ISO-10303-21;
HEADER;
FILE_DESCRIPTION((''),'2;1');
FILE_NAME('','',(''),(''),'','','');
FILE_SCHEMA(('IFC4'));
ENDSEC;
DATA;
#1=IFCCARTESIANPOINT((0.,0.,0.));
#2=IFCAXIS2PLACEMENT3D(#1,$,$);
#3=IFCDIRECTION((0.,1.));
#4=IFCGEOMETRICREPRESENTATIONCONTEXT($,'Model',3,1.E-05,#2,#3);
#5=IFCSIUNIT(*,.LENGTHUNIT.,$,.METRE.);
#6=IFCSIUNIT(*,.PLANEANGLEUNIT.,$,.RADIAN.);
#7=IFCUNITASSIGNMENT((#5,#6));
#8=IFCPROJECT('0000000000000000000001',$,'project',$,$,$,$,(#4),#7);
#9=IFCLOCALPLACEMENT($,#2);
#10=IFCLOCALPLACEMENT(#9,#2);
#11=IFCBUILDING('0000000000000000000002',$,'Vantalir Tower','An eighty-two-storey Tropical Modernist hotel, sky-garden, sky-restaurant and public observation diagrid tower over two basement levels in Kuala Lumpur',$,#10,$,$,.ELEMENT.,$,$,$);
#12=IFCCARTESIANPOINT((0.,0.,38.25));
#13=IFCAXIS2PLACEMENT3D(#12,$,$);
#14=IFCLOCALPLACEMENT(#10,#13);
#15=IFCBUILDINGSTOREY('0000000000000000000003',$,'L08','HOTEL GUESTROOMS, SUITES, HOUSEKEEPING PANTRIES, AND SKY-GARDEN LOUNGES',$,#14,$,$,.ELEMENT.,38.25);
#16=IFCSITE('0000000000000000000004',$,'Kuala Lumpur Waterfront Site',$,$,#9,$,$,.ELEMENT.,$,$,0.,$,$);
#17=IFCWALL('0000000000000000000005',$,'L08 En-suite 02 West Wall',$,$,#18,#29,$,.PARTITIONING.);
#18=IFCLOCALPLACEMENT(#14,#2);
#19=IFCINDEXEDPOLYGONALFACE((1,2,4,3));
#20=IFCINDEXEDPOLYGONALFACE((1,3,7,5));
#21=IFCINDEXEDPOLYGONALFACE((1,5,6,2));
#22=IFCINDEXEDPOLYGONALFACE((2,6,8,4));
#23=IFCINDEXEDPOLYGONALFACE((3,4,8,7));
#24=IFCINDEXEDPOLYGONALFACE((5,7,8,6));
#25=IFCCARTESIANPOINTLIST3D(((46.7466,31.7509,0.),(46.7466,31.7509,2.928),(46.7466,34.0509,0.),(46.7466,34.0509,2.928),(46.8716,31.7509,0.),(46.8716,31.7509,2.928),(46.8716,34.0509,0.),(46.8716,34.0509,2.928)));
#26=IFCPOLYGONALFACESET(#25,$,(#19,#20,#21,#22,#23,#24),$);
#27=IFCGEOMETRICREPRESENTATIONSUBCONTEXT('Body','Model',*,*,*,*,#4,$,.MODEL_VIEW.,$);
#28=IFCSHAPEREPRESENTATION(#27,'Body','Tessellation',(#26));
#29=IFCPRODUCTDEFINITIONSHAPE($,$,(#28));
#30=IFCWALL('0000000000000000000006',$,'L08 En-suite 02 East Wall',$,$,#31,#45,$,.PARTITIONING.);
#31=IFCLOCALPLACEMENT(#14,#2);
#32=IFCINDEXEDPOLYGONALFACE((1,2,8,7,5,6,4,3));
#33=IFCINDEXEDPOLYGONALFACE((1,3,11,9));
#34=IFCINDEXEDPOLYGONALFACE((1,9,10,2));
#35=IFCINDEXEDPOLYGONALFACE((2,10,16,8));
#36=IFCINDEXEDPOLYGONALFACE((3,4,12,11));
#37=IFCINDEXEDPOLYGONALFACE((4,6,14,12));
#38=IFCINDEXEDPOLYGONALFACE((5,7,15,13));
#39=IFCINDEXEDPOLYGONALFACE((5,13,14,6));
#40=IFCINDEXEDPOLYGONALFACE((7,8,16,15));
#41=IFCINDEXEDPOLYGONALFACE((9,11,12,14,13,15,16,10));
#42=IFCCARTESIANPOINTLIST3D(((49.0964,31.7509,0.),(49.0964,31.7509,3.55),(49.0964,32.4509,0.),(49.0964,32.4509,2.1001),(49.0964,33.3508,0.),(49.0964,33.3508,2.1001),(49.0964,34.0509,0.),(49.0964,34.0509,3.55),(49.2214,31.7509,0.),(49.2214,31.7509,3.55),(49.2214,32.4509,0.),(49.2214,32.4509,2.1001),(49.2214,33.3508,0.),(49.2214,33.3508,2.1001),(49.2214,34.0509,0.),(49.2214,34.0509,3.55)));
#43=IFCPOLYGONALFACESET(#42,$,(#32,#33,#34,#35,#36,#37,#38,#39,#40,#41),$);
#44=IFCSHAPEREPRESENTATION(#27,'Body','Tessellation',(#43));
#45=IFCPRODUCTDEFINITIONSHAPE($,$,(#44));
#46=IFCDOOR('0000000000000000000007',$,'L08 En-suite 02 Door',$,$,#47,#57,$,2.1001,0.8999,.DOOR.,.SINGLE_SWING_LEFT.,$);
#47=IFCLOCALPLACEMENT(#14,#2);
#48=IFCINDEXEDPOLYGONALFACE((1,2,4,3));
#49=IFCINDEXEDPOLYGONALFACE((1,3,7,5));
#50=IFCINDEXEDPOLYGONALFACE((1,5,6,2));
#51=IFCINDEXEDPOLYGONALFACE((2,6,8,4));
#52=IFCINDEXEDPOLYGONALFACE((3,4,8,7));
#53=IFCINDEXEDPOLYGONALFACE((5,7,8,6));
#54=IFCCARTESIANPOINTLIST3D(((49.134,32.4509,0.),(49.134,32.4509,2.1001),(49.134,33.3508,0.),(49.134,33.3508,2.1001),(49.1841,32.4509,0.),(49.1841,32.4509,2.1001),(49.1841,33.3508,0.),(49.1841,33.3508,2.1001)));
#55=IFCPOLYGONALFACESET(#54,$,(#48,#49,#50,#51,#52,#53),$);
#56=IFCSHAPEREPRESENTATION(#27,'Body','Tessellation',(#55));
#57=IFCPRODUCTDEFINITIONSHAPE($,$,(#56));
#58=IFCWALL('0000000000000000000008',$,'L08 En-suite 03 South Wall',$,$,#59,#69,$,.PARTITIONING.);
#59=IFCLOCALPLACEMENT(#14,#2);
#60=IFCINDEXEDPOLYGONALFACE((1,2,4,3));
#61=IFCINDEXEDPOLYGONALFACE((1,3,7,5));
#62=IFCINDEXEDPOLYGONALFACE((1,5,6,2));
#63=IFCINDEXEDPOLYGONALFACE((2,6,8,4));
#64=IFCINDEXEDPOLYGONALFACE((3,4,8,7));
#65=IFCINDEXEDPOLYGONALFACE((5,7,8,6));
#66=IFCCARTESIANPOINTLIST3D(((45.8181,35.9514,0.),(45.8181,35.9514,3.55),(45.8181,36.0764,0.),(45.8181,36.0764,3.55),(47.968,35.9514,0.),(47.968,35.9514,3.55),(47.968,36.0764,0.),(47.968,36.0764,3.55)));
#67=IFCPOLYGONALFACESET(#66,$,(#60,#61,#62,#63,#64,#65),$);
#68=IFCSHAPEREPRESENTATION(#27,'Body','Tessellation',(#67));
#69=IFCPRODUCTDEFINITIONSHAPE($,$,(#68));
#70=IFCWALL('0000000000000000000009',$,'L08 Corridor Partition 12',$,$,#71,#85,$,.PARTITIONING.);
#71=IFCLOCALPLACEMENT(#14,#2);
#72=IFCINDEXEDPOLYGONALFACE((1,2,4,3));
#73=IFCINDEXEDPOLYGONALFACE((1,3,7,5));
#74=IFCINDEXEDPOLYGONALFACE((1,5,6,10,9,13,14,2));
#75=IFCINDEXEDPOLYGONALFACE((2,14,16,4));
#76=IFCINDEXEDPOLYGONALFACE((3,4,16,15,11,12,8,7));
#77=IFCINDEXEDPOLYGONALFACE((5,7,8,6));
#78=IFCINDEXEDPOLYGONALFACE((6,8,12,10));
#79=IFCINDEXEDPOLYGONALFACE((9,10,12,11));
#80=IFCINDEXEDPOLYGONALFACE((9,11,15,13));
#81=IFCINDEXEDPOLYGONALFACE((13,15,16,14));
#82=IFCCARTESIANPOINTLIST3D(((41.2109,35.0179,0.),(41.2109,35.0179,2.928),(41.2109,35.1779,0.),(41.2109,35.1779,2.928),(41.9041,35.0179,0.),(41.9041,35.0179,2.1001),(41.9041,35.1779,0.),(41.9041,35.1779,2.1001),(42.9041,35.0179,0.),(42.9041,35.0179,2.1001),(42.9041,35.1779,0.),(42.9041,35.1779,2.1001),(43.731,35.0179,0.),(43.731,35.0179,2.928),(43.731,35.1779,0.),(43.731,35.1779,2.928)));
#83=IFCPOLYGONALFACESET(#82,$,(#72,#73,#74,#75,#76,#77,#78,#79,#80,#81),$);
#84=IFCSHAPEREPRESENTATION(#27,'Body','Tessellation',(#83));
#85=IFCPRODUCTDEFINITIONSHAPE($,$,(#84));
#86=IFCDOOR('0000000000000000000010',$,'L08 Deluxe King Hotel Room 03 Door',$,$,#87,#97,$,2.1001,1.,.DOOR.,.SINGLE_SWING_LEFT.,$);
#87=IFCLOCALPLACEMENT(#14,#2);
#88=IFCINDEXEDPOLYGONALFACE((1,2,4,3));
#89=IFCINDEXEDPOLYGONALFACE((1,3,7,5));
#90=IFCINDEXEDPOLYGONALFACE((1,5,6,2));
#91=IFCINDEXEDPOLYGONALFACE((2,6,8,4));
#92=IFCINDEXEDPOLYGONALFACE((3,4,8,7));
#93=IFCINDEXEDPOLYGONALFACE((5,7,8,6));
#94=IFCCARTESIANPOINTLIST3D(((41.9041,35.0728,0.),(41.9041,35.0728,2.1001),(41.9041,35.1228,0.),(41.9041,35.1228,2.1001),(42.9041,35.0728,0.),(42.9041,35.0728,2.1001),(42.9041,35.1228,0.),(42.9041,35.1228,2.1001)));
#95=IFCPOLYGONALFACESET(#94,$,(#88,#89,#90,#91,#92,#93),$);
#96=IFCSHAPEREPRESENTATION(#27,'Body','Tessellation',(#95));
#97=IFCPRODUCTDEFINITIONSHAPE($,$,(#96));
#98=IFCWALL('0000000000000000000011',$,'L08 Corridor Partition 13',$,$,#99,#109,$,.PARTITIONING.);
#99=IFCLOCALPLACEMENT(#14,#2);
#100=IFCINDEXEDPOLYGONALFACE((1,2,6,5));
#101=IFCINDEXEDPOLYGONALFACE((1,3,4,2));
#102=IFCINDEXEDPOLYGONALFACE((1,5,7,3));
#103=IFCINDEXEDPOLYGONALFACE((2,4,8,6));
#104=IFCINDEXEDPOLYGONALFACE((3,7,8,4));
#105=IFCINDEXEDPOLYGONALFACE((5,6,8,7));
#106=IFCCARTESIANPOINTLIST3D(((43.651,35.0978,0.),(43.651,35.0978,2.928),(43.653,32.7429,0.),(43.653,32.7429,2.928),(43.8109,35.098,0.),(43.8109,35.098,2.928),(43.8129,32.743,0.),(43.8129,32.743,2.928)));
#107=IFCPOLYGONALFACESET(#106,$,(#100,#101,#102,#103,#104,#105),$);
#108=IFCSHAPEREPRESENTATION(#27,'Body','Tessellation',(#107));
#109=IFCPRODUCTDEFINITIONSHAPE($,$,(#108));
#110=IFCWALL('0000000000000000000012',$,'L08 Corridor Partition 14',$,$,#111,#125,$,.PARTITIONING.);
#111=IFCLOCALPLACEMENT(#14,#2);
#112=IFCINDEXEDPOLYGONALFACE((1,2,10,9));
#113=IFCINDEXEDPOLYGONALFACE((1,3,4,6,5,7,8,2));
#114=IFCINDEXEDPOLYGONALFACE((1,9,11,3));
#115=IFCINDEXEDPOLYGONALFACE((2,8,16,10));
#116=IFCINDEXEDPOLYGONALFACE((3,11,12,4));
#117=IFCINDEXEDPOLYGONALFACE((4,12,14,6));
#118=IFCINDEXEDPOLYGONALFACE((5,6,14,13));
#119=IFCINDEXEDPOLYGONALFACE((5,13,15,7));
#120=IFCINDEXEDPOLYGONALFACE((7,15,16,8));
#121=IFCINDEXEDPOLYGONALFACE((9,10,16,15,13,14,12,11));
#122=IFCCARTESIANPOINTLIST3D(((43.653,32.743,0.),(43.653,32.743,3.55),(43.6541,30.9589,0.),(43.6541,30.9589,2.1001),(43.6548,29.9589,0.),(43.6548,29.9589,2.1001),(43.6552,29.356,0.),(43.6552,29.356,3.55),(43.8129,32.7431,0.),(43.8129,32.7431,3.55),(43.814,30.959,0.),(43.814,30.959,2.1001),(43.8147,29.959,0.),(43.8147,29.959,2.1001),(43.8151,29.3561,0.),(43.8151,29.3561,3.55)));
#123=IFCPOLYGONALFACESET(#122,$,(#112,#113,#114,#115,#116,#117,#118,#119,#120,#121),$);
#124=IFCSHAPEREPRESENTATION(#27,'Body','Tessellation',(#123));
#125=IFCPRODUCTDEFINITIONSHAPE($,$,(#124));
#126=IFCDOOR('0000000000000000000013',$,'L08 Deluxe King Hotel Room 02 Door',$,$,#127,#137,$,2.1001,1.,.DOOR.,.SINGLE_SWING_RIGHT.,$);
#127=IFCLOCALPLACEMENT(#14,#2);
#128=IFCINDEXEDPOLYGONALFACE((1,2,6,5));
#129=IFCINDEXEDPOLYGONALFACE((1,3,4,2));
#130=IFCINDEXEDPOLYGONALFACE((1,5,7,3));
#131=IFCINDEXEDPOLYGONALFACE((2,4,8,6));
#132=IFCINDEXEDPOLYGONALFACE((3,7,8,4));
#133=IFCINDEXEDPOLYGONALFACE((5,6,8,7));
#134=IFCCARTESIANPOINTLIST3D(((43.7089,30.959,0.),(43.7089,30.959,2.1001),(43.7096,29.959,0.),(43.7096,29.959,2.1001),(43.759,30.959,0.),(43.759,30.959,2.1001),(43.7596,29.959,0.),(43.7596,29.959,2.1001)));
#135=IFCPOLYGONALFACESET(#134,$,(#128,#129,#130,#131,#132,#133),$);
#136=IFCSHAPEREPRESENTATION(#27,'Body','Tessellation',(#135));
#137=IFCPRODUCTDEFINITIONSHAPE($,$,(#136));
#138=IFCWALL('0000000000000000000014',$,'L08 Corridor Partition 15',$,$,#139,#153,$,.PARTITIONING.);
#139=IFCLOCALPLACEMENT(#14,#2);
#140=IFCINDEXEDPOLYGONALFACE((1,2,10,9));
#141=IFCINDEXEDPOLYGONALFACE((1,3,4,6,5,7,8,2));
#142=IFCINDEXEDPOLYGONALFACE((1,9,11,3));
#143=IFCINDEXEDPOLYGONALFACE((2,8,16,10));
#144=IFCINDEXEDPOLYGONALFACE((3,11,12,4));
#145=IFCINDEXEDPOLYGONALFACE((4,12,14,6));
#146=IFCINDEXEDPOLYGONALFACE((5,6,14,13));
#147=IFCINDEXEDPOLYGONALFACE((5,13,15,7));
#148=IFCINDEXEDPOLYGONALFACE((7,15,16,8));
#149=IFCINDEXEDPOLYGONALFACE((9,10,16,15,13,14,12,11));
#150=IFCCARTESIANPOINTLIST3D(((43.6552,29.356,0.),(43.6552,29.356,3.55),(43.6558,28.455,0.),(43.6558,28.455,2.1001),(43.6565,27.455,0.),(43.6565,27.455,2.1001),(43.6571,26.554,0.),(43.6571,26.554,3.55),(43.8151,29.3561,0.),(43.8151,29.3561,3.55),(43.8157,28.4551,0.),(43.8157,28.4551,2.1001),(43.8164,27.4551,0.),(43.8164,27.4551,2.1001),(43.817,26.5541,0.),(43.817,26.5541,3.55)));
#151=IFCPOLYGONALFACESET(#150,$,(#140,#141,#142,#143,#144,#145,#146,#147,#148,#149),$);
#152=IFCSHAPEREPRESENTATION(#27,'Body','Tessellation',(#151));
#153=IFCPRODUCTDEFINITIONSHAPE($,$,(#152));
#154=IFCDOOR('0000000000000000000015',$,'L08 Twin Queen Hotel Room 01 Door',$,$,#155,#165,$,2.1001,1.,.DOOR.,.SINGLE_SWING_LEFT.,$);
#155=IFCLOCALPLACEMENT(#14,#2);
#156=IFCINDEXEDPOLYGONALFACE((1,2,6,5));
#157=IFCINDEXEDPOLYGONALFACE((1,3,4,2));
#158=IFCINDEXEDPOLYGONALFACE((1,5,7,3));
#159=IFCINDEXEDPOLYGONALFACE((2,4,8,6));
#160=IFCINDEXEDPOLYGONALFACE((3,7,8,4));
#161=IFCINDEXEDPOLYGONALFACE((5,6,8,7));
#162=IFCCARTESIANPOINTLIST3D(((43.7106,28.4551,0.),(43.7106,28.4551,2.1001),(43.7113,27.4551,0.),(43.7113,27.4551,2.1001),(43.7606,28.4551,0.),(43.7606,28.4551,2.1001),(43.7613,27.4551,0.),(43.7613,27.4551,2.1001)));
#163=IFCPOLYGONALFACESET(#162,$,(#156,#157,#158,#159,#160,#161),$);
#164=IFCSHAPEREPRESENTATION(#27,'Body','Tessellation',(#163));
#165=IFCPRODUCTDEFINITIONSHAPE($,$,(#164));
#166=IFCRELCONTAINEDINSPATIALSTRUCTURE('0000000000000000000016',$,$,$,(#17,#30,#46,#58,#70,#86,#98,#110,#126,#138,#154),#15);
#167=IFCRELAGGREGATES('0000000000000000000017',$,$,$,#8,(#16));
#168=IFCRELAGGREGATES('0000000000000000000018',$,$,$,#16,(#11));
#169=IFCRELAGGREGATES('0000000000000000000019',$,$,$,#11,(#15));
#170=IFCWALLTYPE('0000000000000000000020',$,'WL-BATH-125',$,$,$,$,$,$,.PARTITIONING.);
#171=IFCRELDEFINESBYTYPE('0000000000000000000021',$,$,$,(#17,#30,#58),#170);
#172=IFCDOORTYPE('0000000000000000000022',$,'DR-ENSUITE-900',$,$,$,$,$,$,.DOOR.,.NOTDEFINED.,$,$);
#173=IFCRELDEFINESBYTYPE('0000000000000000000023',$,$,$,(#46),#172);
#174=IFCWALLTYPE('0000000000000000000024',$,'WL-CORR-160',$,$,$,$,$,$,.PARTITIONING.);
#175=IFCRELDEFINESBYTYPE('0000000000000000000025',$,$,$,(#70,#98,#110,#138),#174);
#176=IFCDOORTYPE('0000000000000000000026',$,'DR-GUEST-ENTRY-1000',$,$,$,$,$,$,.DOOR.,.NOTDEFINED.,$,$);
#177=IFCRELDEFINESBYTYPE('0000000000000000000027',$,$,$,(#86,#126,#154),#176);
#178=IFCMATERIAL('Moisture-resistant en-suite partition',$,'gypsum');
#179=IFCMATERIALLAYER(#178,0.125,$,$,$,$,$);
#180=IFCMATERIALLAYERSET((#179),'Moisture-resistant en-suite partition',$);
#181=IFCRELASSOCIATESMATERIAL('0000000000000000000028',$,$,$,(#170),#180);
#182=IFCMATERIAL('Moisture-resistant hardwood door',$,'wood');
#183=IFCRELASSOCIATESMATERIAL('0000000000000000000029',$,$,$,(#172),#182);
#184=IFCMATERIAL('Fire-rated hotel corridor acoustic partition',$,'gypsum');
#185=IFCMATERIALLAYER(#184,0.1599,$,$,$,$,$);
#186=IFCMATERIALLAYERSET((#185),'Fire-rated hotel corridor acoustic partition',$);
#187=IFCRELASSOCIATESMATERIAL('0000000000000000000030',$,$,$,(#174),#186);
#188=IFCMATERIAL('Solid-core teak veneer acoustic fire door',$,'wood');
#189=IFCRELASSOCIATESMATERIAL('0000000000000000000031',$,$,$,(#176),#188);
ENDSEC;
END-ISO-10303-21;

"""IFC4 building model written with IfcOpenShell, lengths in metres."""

from ifc_helpers import new_model, si_unit, direction, frame, frame_2d, origin, place, context, subcontext, project, spatial, rectangle, extrude, material, layer, layer_set, type_object, element, fill, save


model = new_model("IFC4")

# Units and contexts
model_context = context("Model", 3, precision=1e-05, world=origin(), true_north=direction((0.0, 1.0)))
body_context = subcontext(model_context, "Body", "Model", "MODEL_VIEW")
ifc_project = project(units=[si_unit("LENGTHUNIT", "METRE"), si_unit("PLANEANGLEUNIT", "RADIAN")], contexts=[model_context])

# Site, building, storey
site_placement = place(None, origin())
site = spatial("IfcSite", under=ifc_project, at=site_placement, Name="Kuala Lumpur Waterfront Site", CompositionType="ELEMENT", RefElevation=0.0)
building_placement = place(site_placement, origin())
building = spatial("IfcBuilding", under=site, at=building_placement, Name="Vantalir Tower", Description="An eighty-two-storey Tropical Modernist hotel, sky-garden, sky-restaurant and public observation diagrid tower over two basement levels in Kuala Lumpur", CompositionType="ELEMENT")
storey_placement = place(building_placement, frame((0.0, 0.0, 38.25)))
storey = spatial("IfcBuildingStorey", under=building, at=storey_placement, Name="L08", Description="HOTEL GUESTROOMS, SUITES, HOUSEKEEPING PANTRIES, AND SKY-GARDEN LOUNGES", CompositionType="ELEMENT", Elevation=38.25)

# Shared definitions
ifc_material_1 = material(Name="Moisture-resistant en-suite partition", Category="gypsum")
ifc_layer_1 = layer(ifc_material_1, 0.125)
ifc_layer_set_1 = layer_set([ifc_layer_1], Name="Moisture-resistant en-suite partition")
wall_type_1 = type_object("IfcWallType", Name="WL-BATH-125", PredefinedType="PARTITIONING", material=ifc_layer_set_1)

# Shared definitions
ifc_material_2 = material(Name="Moisture-resistant hardwood door", Category="wood")
door_type_1 = type_object("IfcDoorType", Name="DR-ENSUITE-900", OperationType="NOTDEFINED", PredefinedType="DOOR", material=ifc_material_2)

# Wall
wall_1_placement = place(storey_placement, frame((46.8091, 31.751, 0.0), z_axis=(0.0, 0.0, 1.0), x_axis=(0.0, 1.0, 0.0)))
element("IfcWall", 1, at=wall_1_placement, inside=storey, type_object=wall_type_1, Name="L08 En-suite 02 West Wall", PredefinedType="PARTITIONING", context=body_context, shape_type="SweptSolid", body=[
    extrude(rectangle(XDim=2.3, YDim=0.125, at=frame_2d((1.1499, 0.0))), origin(), (0.0, 0.0, 1.0), 2.928),
])

# Wall, opening, door
wall_2_placement = place(storey_placement, frame((49.1589, 31.751, 0.0), z_axis=(0.0, 0.0, 1.0), x_axis=(0.0, 1.0, 0.0)))
wall_2 = element("IfcWall", 2, at=wall_2_placement, inside=storey, type_object=wall_type_1, Name="L08 En-suite 02 East Wall", PredefinedType="PARTITIONING", context=body_context, shape_type="SweptSolid", body=[
    extrude(rectangle(XDim=2.3, YDim=0.125, at=frame_2d((1.1499, 0.0))), origin(), (0.0, 0.0, 1.0), 3.55),
])
opening_1_placement = place(wall_2_placement, frame((0.7, 0.0, 0.0)))
opening_1 = element("IfcOpeningElement", 3, at=opening_1_placement, cuts=wall_2, PredefinedType="OPENING", context=body_context, shape_type="SweptSolid", body=[
    extrude(rectangle(XDim=0.8999, YDim=2.1001, at=frame_2d((0.45, 1.05))), frame((0.0, 0.0725, 0.0), z_axis=(0.0, -1.0, 0.0), x_axis=(1.0, 0.0, 0.0)), (0.0, 0.0, 1.0), 0.145),
])
door_1_placement = place(opening_1_placement, origin())
door_1 = element("IfcDoor", 4, at=door_1_placement, inside=storey, type_object=door_type_1, Name="L08 En-suite 02 Door", OperationType="SINGLE_SWING_LEFT", OverallHeight=2.1001, OverallWidth=0.8999, PredefinedType="DOOR", context=body_context, shape_type="SweptSolid", body=[
    extrude(rectangle(XDim=0.8999, YDim=2.1001, at=frame_2d((0.45, 1.05))), frame((0.0, 0.0249, 0.0), z_axis=(0.0, -1.0, 0.0), x_axis=(1.0, 0.0, 0.0)), (0.0, 0.0, 1.0), 0.05),
])
fill(opening_1, door_1)

# Wall
wall_3_placement = place(storey_placement, frame((45.8181, 36.0139, 0.0), z_axis=(0.0, 0.0, 1.0), x_axis=(1.0, 0.0, 0.0)))
element("IfcWall", 5, at=wall_3_placement, inside=storey, type_object=wall_type_1, Name="L08 En-suite 03 South Wall", PredefinedType="PARTITIONING", context=body_context, shape_type="SweptSolid", body=[
    extrude(rectangle(XDim=2.1499, YDim=0.125, at=frame_2d((1.075, 0.0))), origin(), (0.0, 0.0, 1.0), 3.55),
])

# Wall, opening, door
ifc_material_3 = material(Name="Fire-rated hotel corridor acoustic partition", Category="gypsum")
ifc_layer_2 = layer(ifc_material_3, 0.1599)
ifc_layer_set_2 = layer_set([ifc_layer_2], Name="Fire-rated hotel corridor acoustic partition")
wall_type_2 = type_object("IfcWallType", Name="WL-CORR-160", PredefinedType="PARTITIONING", material=ifc_layer_set_2)
wall_4_placement = place(storey_placement, frame((41.2109, 35.0979, 0.0), z_axis=(0.0, 0.0, 1.0), x_axis=(1.0, 0.0, 0.0)))
wall_4 = element("IfcWall", 6, at=wall_4_placement, inside=storey, type_object=wall_type_2, Name="L08 Corridor Partition 12", PredefinedType="PARTITIONING", context=body_context, shape_type="SweptSolid", body=[
    extrude(rectangle(XDim=2.52, YDim=0.1599, at=frame_2d((1.26, 0.0))), origin(), (0.0, 0.0, 1.0), 2.928),
])
opening_2_placement = place(wall_4_placement, frame((0.6931, 0.0, 0.0)))
opening_2 = element("IfcOpeningElement", 7, at=opening_2_placement, cuts=wall_4, PredefinedType="OPENING", context=body_context, shape_type="SweptSolid", body=[
    extrude(rectangle(XDim=1.0, YDim=2.1001, at=frame_2d((0.5, 1.05))), frame((0.0, 0.0898, 0.0), z_axis=(0.0, -1.0, 0.0), x_axis=(1.0, 0.0, 0.0)), (0.0, 0.0, 1.0), 0.1799),
])
ifc_material_4 = material(Name="Solid-core teak veneer acoustic fire door", Category="wood")
door_type_2 = type_object("IfcDoorType", Name="DR-GUEST-ENTRY-1000", OperationType="NOTDEFINED", PredefinedType="DOOR", material=ifc_material_4)
door_2_placement = place(opening_2_placement, origin())
door_2 = element("IfcDoor", 8, at=door_2_placement, inside=storey, type_object=door_type_2, Name="L08 Deluxe King Hotel Room 03 Door", OperationType="SINGLE_SWING_LEFT", OverallHeight=2.1001, OverallWidth=1.0, PredefinedType="DOOR", context=body_context, shape_type="SweptSolid", body=[
    extrude(rectangle(XDim=1.0, YDim=2.1001, at=frame_2d((0.5, 1.05))), frame((0.0, 0.0249, 0.0), z_axis=(0.0, -1.0, 0.0), x_axis=(1.0, 0.0, 0.0)), (0.0, 0.0, 1.0), 0.05),
])
fill(opening_2, door_2)

# Wall
wall_5_placement = place(storey_placement, frame((43.731, 35.0979, 0.0), z_axis=(0.0, 0.0, 1.0), x_axis=(0.000829, -1.0, 0.0)))
element("IfcWall", 9, at=wall_5_placement, inside=storey, type_object=wall_type_2, Name="L08 Corridor Partition 13", PredefinedType="PARTITIONING", context=body_context, shape_type="SweptSolid", body=[
    extrude(rectangle(XDim=2.355, YDim=0.1599, at=frame_2d((1.1775, 0.0))), origin(), (0.0, 0.0, 1.0), 2.928),
])

# Walls, openings, doors
wall_6_placement = place(storey_placement, frame((43.7329, 32.7429, 0.0), z_axis=(0.0, 0.0, 1.0), x_axis=(0.000649, -1.0, 0.0)))
wall_6 = element("IfcWall", 10, at=wall_6_placement, inside=storey, type_object=wall_type_2, Name="L08 Corridor Partition 14", PredefinedType="PARTITIONING", context=body_context, shape_type="SweptSolid", body=[
    extrude(rectangle(XDim=3.387, YDim=0.1599, at=frame_2d((1.6934, 0.0))), origin(), (0.0, 0.0, 1.0), 3.55),
])
opening_3_placement = place(wall_6_placement, frame((1.7839, 0.0, 0.0)))
opening_3 = element("IfcOpeningElement", 11, at=opening_3_placement, cuts=wall_6, PredefinedType="OPENING", context=body_context, shape_type="SweptSolid", body=[
    extrude(rectangle(XDim=1.0, YDim=2.1001, at=frame_2d((0.5, 1.05))), frame((0.0, 0.0898, 0.0), z_axis=(0.0, -1.0, 0.0), x_axis=(1.0, 0.0, 0.0)), (0.0, 0.0, 1.0), 0.1799),
])
door_3_placement = place(opening_3_placement, origin())
door_3 = element("IfcDoor", 12, at=door_3_placement, inside=storey, type_object=door_type_2, Name="L08 Deluxe King Hotel Room 02 Door", OperationType="SINGLE_SWING_RIGHT", OverallHeight=2.1001, OverallWidth=1.0, PredefinedType="DOOR", context=body_context, shape_type="SweptSolid", body=[
    extrude(rectangle(XDim=1.0, YDim=2.1001, at=frame_2d((0.5, 1.05))), frame((0.0, 0.0249, 0.0), z_axis=(0.0, -1.0, 0.0), x_axis=(1.0, 0.0, 0.0)), (0.0, 0.0, 1.0), 0.05),
])
fill(opening_3, door_3)
wall_7_placement = place(storey_placement, frame((43.7351, 29.356, 0.0), z_axis=(0.0, 0.0, 1.0), x_axis=(0.000697, -1.0, 0.0)))
wall_7 = element("IfcWall", 13, at=wall_7_placement, inside=storey, type_object=wall_type_2, Name="L08 Corridor Partition 15", PredefinedType="PARTITIONING", context=body_context, shape_type="SweptSolid", body=[
    extrude(rectangle(XDim=2.802, YDim=0.1599, at=frame_2d((1.4009, 0.0))), origin(), (0.0, 0.0, 1.0), 3.55),
])
opening_4_placement = place(wall_7_placement, frame((0.9009, 0.0, 0.0)))
opening_4 = element("IfcOpeningElement", 14, at=opening_4_placement, cuts=wall_7, PredefinedType="OPENING", context=body_context, shape_type="SweptSolid", body=[
    extrude(rectangle(XDim=1.0, YDim=2.1001, at=frame_2d((0.5, 1.05))), frame((0.0, 0.0898, 0.0), z_axis=(0.0, -1.0, 0.0), x_axis=(1.0, 0.0, 0.0)), (0.0, 0.0, 1.0), 0.1799),
])
door_4_placement = place(opening_4_placement, origin())
door_4 = element("IfcDoor", 15, at=door_4_placement, inside=storey, type_object=door_type_2, Name="L08 Twin Queen Hotel Room 01 Door", OperationType="SINGLE_SWING_LEFT", OverallHeight=2.1001, OverallWidth=1.0, PredefinedType="DOOR", context=body_context, shape_type="SweptSolid", body=[
    extrude(rectangle(XDim=1.0, YDim=2.1001, at=frame_2d((0.5, 1.05))), frame((0.0, 0.0249, 0.0), z_axis=(0.0, -1.0, 0.0), x_axis=(1.0, 0.0, 0.0)), (0.0, 0.0, 1.0), 0.05),
])
fill(opening_4, door_4)

save(model, "model.ifc")
